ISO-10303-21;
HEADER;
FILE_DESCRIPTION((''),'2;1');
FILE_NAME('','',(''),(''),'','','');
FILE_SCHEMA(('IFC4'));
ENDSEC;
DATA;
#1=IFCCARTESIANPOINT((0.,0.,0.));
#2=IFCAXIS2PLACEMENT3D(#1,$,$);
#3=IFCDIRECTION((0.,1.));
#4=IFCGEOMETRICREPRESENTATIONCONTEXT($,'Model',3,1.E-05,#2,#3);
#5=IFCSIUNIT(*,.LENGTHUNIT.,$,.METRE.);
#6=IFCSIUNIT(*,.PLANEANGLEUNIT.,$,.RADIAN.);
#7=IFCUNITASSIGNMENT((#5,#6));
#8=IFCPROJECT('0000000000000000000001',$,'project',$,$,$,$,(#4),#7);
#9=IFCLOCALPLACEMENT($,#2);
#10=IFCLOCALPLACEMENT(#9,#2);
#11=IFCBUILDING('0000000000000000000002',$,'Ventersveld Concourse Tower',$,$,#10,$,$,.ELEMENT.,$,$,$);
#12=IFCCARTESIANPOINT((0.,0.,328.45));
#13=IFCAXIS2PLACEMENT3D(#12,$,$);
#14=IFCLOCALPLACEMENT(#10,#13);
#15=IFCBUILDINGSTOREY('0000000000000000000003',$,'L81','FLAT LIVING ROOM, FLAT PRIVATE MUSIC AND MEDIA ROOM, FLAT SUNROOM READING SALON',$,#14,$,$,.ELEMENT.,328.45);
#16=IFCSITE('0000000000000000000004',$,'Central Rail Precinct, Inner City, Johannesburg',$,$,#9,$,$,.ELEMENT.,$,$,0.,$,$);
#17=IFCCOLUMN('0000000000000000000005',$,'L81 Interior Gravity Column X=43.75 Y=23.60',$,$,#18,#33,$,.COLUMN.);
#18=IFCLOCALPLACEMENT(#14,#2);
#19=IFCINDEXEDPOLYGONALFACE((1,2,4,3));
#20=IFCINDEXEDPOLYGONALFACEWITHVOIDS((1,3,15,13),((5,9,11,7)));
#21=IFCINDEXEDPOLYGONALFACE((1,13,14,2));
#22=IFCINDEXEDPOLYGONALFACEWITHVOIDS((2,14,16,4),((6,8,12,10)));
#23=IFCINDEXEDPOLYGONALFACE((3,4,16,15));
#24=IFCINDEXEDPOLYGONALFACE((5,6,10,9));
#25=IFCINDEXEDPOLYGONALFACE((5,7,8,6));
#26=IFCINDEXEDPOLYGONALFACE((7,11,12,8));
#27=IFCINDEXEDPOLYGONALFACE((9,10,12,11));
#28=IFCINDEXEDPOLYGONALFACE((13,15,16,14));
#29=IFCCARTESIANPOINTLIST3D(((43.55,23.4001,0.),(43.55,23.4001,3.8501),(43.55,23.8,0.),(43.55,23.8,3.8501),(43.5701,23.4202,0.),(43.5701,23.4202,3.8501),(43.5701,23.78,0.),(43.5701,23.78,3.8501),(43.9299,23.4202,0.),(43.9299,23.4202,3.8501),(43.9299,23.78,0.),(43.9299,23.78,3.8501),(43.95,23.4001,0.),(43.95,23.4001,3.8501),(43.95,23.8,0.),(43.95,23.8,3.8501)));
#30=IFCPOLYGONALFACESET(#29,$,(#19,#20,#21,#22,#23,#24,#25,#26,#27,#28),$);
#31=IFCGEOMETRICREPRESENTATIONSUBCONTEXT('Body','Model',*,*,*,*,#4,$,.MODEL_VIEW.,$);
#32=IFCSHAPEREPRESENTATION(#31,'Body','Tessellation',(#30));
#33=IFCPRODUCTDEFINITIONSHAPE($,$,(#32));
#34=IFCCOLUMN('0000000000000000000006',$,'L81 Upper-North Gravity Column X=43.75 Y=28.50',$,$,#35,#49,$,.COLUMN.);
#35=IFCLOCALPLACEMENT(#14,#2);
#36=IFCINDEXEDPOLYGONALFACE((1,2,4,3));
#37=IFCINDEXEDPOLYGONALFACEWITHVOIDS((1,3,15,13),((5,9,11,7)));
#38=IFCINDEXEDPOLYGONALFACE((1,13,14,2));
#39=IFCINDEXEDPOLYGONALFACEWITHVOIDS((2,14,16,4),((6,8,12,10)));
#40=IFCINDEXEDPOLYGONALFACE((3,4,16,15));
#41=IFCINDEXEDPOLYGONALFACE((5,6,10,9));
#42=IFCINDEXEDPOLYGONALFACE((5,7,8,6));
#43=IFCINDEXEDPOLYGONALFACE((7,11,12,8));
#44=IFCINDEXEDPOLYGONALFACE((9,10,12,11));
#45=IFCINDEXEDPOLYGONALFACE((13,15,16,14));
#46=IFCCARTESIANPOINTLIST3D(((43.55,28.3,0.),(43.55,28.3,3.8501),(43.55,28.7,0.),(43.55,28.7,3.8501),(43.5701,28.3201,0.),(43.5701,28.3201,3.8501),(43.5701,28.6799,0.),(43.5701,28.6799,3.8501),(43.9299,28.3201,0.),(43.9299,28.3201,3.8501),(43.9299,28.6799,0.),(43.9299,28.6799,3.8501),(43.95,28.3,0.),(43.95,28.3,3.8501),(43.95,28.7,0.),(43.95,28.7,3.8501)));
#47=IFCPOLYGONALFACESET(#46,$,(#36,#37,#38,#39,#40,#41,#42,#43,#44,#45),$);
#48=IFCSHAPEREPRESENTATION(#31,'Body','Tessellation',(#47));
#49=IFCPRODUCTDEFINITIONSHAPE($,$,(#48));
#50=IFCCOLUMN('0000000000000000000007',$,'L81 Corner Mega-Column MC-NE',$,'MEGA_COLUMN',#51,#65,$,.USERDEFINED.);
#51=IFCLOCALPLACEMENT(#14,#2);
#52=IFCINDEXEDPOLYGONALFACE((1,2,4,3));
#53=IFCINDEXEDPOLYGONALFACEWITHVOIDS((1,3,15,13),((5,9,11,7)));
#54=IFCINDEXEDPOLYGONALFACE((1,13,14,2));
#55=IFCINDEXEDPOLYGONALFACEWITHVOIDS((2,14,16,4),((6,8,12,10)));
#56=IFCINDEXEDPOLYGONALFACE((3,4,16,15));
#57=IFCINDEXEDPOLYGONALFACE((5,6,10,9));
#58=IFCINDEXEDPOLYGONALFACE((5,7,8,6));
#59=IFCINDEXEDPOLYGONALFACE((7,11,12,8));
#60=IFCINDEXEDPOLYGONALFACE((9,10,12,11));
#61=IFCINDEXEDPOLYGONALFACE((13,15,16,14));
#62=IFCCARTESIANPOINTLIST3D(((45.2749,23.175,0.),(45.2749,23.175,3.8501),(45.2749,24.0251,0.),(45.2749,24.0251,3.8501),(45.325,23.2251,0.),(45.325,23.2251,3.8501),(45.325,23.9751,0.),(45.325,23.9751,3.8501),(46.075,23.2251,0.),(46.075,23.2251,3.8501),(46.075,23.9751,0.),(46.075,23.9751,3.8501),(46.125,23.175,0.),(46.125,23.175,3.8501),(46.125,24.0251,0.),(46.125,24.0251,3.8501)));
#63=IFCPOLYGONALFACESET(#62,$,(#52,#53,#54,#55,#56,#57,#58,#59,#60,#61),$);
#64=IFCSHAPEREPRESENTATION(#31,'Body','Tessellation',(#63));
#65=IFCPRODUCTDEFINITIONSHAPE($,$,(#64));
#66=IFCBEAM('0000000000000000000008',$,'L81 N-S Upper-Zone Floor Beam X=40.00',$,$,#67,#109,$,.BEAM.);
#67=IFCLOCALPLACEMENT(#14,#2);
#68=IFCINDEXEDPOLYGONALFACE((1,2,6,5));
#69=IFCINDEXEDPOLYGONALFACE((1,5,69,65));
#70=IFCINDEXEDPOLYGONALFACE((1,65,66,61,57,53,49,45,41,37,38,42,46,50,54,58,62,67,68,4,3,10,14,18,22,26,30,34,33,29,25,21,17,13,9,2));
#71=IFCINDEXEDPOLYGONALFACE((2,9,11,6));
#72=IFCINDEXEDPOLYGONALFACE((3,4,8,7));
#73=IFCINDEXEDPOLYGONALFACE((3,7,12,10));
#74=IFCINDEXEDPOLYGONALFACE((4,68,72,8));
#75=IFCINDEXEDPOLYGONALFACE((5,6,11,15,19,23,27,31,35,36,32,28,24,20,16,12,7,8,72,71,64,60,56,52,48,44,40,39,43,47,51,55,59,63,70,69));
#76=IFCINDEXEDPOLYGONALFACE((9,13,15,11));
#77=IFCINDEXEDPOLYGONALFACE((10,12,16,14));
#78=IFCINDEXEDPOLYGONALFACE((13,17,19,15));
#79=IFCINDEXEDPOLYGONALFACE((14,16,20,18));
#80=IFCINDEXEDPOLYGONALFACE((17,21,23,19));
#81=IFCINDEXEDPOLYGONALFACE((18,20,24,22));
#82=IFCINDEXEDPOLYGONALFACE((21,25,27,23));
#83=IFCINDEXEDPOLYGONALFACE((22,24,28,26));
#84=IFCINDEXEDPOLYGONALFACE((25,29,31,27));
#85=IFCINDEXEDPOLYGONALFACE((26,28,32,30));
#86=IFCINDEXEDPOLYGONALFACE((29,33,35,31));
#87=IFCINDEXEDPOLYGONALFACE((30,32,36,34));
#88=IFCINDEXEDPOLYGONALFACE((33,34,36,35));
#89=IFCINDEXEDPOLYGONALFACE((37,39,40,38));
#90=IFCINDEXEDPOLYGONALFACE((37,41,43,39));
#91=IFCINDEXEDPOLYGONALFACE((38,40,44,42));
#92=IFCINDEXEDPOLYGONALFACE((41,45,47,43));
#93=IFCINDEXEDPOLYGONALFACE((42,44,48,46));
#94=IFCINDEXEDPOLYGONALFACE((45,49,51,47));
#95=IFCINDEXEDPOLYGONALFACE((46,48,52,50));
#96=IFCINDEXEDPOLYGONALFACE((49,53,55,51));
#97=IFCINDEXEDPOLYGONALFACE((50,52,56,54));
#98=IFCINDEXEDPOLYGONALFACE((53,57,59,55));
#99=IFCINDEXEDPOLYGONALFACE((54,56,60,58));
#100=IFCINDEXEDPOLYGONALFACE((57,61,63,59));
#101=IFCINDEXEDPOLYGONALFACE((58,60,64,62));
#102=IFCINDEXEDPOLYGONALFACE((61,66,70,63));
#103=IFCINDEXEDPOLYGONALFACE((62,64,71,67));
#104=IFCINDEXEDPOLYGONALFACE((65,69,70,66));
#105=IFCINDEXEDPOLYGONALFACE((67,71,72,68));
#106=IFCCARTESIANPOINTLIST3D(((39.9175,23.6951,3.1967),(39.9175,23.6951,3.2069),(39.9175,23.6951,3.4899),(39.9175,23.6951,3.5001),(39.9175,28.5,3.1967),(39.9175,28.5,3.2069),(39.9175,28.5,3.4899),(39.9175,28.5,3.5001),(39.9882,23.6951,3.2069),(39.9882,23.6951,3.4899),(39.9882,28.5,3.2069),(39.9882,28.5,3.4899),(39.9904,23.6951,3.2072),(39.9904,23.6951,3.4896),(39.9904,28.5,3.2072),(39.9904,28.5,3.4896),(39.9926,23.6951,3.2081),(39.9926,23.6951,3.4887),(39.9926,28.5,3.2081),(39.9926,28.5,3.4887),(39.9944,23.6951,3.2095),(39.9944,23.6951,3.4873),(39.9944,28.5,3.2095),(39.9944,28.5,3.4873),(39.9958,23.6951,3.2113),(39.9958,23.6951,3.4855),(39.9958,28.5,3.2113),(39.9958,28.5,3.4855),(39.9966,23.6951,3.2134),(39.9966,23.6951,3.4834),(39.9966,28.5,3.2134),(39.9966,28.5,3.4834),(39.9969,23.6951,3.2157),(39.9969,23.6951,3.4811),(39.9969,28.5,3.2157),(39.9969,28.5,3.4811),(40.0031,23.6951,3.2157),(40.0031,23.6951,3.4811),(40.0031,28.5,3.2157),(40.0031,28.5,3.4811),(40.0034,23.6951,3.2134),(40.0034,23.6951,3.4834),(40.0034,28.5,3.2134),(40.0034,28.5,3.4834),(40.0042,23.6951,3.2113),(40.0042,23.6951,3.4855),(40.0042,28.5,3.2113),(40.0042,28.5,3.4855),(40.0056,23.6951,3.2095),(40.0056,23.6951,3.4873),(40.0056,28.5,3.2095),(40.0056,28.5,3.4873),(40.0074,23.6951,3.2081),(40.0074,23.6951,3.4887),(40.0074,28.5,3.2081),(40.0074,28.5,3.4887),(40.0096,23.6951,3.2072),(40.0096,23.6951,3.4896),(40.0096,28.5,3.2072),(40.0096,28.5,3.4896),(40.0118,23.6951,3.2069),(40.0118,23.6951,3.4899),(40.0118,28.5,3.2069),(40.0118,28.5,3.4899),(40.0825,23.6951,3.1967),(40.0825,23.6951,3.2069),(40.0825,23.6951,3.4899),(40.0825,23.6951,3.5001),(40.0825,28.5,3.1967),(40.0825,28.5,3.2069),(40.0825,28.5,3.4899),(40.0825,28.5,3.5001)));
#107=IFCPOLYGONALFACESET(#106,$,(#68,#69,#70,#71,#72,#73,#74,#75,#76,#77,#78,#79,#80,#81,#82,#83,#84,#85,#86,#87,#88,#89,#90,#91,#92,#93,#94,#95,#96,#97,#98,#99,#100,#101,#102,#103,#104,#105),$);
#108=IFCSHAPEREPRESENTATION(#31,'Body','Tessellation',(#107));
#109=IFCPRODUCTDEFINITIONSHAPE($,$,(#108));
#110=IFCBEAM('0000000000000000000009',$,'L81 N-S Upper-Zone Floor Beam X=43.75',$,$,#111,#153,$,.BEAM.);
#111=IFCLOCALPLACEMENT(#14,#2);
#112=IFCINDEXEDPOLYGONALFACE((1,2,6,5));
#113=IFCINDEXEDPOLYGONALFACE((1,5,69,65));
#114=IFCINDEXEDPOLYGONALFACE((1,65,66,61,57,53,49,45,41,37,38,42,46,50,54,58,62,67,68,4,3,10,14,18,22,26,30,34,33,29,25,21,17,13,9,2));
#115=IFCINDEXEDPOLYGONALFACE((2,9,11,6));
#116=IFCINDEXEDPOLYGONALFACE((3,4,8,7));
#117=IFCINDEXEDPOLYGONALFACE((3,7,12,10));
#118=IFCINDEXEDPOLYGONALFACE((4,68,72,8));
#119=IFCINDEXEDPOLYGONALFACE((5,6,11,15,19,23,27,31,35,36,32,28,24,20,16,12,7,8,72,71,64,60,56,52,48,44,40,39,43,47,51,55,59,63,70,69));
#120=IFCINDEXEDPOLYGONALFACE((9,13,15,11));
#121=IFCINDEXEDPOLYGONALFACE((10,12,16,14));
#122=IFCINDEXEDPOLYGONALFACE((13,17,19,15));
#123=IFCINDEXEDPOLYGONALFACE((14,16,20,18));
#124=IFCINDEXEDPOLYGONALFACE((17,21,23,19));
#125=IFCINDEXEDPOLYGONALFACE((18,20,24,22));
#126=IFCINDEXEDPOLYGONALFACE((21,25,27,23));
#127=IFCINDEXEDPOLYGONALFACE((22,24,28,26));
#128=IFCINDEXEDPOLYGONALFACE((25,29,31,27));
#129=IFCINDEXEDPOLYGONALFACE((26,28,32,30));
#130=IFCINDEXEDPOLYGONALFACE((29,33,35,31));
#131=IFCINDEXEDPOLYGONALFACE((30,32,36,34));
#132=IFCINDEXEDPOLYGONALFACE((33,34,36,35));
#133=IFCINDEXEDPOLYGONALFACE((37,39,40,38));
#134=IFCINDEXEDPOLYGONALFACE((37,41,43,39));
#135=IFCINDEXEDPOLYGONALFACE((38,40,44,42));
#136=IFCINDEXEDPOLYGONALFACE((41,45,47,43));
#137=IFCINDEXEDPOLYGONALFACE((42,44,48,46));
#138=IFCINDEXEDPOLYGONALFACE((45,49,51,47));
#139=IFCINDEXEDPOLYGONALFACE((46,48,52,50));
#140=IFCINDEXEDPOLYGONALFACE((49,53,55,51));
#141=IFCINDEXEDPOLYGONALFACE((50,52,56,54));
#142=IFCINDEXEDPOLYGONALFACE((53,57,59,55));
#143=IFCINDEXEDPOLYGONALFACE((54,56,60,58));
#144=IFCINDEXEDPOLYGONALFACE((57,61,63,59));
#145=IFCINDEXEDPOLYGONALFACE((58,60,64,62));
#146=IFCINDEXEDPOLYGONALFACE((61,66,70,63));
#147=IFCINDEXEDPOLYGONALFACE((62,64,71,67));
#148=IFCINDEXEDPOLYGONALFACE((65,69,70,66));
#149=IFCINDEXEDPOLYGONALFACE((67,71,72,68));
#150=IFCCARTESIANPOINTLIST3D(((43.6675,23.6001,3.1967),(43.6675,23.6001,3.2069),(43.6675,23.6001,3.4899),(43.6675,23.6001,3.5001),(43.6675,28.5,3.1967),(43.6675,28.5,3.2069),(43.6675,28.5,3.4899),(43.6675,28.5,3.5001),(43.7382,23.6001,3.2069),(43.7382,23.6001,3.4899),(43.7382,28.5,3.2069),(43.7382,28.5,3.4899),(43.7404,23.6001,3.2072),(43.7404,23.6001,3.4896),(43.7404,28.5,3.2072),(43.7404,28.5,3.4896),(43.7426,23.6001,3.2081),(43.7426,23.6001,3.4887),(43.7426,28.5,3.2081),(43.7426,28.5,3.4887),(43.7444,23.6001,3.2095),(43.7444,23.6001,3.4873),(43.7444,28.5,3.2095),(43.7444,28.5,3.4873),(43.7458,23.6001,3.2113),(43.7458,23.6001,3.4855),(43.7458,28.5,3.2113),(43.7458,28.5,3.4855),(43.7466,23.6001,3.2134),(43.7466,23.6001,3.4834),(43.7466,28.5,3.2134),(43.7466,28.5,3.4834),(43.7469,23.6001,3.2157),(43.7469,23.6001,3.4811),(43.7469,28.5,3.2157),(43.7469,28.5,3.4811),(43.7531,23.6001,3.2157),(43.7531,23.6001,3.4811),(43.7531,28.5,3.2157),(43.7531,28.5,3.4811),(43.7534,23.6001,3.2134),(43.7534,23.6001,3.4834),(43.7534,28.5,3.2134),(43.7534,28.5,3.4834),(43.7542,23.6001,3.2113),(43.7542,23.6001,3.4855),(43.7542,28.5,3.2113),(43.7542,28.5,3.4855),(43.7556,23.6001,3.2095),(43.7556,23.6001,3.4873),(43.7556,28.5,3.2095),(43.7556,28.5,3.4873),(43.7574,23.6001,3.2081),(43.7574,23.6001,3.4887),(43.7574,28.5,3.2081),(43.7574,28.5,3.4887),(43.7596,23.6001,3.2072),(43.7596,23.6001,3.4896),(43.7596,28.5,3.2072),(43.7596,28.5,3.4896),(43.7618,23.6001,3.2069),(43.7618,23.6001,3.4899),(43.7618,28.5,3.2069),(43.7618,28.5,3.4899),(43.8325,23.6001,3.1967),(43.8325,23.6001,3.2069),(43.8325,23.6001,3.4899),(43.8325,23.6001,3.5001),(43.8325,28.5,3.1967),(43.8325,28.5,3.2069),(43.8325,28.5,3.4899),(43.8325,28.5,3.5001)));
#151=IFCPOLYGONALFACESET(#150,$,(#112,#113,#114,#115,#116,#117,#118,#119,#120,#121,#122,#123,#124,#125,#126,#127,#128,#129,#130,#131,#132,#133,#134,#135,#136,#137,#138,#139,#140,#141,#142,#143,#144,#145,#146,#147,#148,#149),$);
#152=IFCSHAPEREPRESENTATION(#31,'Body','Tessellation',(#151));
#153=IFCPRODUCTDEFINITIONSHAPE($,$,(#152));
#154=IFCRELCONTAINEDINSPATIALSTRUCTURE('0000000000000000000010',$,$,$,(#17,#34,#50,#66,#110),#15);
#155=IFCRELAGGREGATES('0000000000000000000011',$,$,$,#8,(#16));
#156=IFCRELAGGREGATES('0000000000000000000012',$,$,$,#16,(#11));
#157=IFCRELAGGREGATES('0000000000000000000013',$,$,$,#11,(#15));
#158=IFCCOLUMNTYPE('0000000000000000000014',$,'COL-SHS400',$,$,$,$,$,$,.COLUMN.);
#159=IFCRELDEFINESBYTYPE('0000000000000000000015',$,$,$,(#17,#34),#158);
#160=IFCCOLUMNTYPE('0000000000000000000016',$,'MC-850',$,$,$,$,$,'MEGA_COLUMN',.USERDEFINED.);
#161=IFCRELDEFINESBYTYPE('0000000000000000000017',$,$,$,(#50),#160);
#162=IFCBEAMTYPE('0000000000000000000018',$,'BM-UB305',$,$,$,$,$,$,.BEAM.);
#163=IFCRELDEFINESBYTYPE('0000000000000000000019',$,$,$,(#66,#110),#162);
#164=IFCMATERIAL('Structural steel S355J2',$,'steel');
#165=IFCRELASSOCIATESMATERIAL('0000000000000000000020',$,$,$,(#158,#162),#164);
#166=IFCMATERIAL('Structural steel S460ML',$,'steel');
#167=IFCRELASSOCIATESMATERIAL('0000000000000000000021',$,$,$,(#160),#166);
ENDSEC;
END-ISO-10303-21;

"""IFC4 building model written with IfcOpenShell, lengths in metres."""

from ifc_helpers import new_model, si_unit, direction, frame, origin, origin_2d, place, context, subcontext, project, spatial, hollow_rectangle, i_section, extrude, material, material_profile, profile_set, type_object, element, save


model = new_model("IFC4")

# Units and contexts
model_context = context("Model", 3, precision=1e-05, world=origin(), true_north=direction((0.0, 1.0)))
body_context = subcontext(model_context, "Body", "Model", "MODEL_VIEW")
ifc_project = project(units=[si_unit("LENGTHUNIT", "METRE"), si_unit("PLANEANGLEUNIT", "RADIAN")], contexts=[model_context])

# Site, building, storey
site_placement = place(None, origin())
site = spatial("IfcSite", under=ifc_project, at=site_placement, Name="Central Rail Precinct, Inner City, Johannesburg", CompositionType="ELEMENT", RefElevation=0.0)
building_placement = place(site_placement, origin())
building = spatial("IfcBuilding", under=site, at=building_placement, Name="Ventersveld Concourse Tower", CompositionType="ELEMENT")
storey_placement = place(building_placement, frame((0.0, 0.0, 328.45)))
storey = spatial("IfcBuildingStorey", under=building, at=storey_placement, Name="L81", Description="FLAT LIVING ROOM, FLAT PRIVATE MUSIC AND MEDIA ROOM, FLAT SUNROOM READING SALON", CompositionType="ELEMENT", Elevation=328.45)

# Columns
ifc_material_1 = material(Name="Structural steel S355J2", Category="steel")
ifc_material_profile_1 = material_profile(ifc_material_1, hollow_rectangle(XDim=0.3999, YDim=0.3999, WallThickness=0.02, at=origin_2d()), Name="SHS 400x400x20")
ifc_profile_set_1 = profile_set([ifc_material_profile_1], Name="Structural steel S355J2")
column_type_1 = type_object("IfcColumnType", Name="COL-SHS400", PredefinedType="COLUMN", material=ifc_profile_set_1)
for number, where, z_axis, x_axis, name in (
    (1, (43.75, 23.6001, 0.0), (0.0, 0.0, 1.0), (1.0, 0.0, 0.0), "L81 Interior Gravity Column X=43.75 Y=23.60"),
    (2, (43.75, 28.5, 0.0), (0.0, 0.0, 1.0), (1.0, 0.0, 0.0), "L81 Upper-North Gravity Column X=43.75 Y=28.50"),
):
    element("IfcColumn", number, at=place(storey_placement, frame(where, z_axis=z_axis, x_axis=x_axis)), inside=storey, type_object=column_type_1, Name=name, PredefinedType="COLUMN", context=body_context, shape_type="SweptSolid", body=[
        extrude(hollow_rectangle(XDim=0.3999, YDim=0.3999, WallThickness=0.02, at=origin_2d()), origin(), (0.0, 0.0, 1.0), 3.8501),
    ])
ifc_material_2 = material(Name="Structural steel S460ML", Category="steel")
ifc_material_profile_2 = material_profile(ifc_material_2, hollow_rectangle(XDim=0.8501, YDim=0.8501, WallThickness=0.05, at=origin_2d()), Name="BOX 850x850x50")
ifc_profile_set_2 = profile_set([ifc_material_profile_2], Name="Structural steel S460ML")
column_type_2 = type_object("IfcColumnType", Name="MC-850", ElementType="MEGA_COLUMN", PredefinedType="USERDEFINED", material=ifc_profile_set_2)
column_placement = place(storey_placement, frame((45.7, 23.6001, 0.0), z_axis=(0.0, 0.0, 1.0), x_axis=(1.0, 0.0, 0.0)))
element("IfcColumn", 3, at=column_placement, inside=storey, type_object=column_type_2, Name="L81 Corner Mega-Column MC-NE", ObjectType="MEGA_COLUMN", PredefinedType="USERDEFINED", context=body_context, shape_type="SweptSolid", body=[
    extrude(hollow_rectangle(XDim=0.8501, YDim=0.8501, WallThickness=0.05, at=origin_2d()), origin(), (0.0, 0.0, 1.0), 3.8501),
])

# Beams
ifc_material_profile_3 = material_profile(ifc_material_1, i_section(OverallWidth=0.165, OverallDepth=0.3035, WebThickness=0.0061, FlangeThickness=0.0103, FilletRadius=0.0088, at=origin_2d()), Name="UB 305x165x40")
ifc_profile_set_3 = profile_set([ifc_material_profile_3], Name="Structural steel S355J2")
beam_type_1 = type_object("IfcBeamType", Name="BM-UB305", PredefinedType="BEAM", material=ifc_profile_set_3)
beam_1_placement = place(storey_placement, frame((40.0, 23.6951, 3.3484), z_axis=(0.0, 1.0, 0.0), x_axis=(-1.0, 0.0, 0.0)))
element("IfcBeam", 4, at=beam_1_placement, inside=storey, type_object=beam_type_1, Name="L81 N-S Upper-Zone Floor Beam X=40.00", PredefinedType="BEAM", context=body_context, shape_type="SweptSolid", body=[
    extrude(i_section(OverallWidth=0.165, OverallDepth=0.3035, WebThickness=0.0061, FlangeThickness=0.0103, FilletRadius=0.0088, at=origin_2d()), origin(), (0.0, 0.0, 1.0), 4.8049),
])
beam_2_placement = place(storey_placement, frame((43.75, 23.6001, 3.3484), z_axis=(0.0, 1.0, 0.0), x_axis=(-1.0, 0.0, 0.0)))
element("IfcBeam", 5, at=beam_2_placement, inside=storey, type_object=beam_type_1, Name="L81 N-S Upper-Zone Floor Beam X=43.75", PredefinedType="BEAM", context=body_context, shape_type="SweptSolid", body=[
    extrude(i_section(OverallWidth=0.165, OverallDepth=0.3035, WebThickness=0.0061, FlangeThickness=0.0103, FilletRadius=0.0088, at=origin_2d()), origin(), (0.0, 0.0, 1.0), 4.8999),
])

save(model, "model.ifc")
